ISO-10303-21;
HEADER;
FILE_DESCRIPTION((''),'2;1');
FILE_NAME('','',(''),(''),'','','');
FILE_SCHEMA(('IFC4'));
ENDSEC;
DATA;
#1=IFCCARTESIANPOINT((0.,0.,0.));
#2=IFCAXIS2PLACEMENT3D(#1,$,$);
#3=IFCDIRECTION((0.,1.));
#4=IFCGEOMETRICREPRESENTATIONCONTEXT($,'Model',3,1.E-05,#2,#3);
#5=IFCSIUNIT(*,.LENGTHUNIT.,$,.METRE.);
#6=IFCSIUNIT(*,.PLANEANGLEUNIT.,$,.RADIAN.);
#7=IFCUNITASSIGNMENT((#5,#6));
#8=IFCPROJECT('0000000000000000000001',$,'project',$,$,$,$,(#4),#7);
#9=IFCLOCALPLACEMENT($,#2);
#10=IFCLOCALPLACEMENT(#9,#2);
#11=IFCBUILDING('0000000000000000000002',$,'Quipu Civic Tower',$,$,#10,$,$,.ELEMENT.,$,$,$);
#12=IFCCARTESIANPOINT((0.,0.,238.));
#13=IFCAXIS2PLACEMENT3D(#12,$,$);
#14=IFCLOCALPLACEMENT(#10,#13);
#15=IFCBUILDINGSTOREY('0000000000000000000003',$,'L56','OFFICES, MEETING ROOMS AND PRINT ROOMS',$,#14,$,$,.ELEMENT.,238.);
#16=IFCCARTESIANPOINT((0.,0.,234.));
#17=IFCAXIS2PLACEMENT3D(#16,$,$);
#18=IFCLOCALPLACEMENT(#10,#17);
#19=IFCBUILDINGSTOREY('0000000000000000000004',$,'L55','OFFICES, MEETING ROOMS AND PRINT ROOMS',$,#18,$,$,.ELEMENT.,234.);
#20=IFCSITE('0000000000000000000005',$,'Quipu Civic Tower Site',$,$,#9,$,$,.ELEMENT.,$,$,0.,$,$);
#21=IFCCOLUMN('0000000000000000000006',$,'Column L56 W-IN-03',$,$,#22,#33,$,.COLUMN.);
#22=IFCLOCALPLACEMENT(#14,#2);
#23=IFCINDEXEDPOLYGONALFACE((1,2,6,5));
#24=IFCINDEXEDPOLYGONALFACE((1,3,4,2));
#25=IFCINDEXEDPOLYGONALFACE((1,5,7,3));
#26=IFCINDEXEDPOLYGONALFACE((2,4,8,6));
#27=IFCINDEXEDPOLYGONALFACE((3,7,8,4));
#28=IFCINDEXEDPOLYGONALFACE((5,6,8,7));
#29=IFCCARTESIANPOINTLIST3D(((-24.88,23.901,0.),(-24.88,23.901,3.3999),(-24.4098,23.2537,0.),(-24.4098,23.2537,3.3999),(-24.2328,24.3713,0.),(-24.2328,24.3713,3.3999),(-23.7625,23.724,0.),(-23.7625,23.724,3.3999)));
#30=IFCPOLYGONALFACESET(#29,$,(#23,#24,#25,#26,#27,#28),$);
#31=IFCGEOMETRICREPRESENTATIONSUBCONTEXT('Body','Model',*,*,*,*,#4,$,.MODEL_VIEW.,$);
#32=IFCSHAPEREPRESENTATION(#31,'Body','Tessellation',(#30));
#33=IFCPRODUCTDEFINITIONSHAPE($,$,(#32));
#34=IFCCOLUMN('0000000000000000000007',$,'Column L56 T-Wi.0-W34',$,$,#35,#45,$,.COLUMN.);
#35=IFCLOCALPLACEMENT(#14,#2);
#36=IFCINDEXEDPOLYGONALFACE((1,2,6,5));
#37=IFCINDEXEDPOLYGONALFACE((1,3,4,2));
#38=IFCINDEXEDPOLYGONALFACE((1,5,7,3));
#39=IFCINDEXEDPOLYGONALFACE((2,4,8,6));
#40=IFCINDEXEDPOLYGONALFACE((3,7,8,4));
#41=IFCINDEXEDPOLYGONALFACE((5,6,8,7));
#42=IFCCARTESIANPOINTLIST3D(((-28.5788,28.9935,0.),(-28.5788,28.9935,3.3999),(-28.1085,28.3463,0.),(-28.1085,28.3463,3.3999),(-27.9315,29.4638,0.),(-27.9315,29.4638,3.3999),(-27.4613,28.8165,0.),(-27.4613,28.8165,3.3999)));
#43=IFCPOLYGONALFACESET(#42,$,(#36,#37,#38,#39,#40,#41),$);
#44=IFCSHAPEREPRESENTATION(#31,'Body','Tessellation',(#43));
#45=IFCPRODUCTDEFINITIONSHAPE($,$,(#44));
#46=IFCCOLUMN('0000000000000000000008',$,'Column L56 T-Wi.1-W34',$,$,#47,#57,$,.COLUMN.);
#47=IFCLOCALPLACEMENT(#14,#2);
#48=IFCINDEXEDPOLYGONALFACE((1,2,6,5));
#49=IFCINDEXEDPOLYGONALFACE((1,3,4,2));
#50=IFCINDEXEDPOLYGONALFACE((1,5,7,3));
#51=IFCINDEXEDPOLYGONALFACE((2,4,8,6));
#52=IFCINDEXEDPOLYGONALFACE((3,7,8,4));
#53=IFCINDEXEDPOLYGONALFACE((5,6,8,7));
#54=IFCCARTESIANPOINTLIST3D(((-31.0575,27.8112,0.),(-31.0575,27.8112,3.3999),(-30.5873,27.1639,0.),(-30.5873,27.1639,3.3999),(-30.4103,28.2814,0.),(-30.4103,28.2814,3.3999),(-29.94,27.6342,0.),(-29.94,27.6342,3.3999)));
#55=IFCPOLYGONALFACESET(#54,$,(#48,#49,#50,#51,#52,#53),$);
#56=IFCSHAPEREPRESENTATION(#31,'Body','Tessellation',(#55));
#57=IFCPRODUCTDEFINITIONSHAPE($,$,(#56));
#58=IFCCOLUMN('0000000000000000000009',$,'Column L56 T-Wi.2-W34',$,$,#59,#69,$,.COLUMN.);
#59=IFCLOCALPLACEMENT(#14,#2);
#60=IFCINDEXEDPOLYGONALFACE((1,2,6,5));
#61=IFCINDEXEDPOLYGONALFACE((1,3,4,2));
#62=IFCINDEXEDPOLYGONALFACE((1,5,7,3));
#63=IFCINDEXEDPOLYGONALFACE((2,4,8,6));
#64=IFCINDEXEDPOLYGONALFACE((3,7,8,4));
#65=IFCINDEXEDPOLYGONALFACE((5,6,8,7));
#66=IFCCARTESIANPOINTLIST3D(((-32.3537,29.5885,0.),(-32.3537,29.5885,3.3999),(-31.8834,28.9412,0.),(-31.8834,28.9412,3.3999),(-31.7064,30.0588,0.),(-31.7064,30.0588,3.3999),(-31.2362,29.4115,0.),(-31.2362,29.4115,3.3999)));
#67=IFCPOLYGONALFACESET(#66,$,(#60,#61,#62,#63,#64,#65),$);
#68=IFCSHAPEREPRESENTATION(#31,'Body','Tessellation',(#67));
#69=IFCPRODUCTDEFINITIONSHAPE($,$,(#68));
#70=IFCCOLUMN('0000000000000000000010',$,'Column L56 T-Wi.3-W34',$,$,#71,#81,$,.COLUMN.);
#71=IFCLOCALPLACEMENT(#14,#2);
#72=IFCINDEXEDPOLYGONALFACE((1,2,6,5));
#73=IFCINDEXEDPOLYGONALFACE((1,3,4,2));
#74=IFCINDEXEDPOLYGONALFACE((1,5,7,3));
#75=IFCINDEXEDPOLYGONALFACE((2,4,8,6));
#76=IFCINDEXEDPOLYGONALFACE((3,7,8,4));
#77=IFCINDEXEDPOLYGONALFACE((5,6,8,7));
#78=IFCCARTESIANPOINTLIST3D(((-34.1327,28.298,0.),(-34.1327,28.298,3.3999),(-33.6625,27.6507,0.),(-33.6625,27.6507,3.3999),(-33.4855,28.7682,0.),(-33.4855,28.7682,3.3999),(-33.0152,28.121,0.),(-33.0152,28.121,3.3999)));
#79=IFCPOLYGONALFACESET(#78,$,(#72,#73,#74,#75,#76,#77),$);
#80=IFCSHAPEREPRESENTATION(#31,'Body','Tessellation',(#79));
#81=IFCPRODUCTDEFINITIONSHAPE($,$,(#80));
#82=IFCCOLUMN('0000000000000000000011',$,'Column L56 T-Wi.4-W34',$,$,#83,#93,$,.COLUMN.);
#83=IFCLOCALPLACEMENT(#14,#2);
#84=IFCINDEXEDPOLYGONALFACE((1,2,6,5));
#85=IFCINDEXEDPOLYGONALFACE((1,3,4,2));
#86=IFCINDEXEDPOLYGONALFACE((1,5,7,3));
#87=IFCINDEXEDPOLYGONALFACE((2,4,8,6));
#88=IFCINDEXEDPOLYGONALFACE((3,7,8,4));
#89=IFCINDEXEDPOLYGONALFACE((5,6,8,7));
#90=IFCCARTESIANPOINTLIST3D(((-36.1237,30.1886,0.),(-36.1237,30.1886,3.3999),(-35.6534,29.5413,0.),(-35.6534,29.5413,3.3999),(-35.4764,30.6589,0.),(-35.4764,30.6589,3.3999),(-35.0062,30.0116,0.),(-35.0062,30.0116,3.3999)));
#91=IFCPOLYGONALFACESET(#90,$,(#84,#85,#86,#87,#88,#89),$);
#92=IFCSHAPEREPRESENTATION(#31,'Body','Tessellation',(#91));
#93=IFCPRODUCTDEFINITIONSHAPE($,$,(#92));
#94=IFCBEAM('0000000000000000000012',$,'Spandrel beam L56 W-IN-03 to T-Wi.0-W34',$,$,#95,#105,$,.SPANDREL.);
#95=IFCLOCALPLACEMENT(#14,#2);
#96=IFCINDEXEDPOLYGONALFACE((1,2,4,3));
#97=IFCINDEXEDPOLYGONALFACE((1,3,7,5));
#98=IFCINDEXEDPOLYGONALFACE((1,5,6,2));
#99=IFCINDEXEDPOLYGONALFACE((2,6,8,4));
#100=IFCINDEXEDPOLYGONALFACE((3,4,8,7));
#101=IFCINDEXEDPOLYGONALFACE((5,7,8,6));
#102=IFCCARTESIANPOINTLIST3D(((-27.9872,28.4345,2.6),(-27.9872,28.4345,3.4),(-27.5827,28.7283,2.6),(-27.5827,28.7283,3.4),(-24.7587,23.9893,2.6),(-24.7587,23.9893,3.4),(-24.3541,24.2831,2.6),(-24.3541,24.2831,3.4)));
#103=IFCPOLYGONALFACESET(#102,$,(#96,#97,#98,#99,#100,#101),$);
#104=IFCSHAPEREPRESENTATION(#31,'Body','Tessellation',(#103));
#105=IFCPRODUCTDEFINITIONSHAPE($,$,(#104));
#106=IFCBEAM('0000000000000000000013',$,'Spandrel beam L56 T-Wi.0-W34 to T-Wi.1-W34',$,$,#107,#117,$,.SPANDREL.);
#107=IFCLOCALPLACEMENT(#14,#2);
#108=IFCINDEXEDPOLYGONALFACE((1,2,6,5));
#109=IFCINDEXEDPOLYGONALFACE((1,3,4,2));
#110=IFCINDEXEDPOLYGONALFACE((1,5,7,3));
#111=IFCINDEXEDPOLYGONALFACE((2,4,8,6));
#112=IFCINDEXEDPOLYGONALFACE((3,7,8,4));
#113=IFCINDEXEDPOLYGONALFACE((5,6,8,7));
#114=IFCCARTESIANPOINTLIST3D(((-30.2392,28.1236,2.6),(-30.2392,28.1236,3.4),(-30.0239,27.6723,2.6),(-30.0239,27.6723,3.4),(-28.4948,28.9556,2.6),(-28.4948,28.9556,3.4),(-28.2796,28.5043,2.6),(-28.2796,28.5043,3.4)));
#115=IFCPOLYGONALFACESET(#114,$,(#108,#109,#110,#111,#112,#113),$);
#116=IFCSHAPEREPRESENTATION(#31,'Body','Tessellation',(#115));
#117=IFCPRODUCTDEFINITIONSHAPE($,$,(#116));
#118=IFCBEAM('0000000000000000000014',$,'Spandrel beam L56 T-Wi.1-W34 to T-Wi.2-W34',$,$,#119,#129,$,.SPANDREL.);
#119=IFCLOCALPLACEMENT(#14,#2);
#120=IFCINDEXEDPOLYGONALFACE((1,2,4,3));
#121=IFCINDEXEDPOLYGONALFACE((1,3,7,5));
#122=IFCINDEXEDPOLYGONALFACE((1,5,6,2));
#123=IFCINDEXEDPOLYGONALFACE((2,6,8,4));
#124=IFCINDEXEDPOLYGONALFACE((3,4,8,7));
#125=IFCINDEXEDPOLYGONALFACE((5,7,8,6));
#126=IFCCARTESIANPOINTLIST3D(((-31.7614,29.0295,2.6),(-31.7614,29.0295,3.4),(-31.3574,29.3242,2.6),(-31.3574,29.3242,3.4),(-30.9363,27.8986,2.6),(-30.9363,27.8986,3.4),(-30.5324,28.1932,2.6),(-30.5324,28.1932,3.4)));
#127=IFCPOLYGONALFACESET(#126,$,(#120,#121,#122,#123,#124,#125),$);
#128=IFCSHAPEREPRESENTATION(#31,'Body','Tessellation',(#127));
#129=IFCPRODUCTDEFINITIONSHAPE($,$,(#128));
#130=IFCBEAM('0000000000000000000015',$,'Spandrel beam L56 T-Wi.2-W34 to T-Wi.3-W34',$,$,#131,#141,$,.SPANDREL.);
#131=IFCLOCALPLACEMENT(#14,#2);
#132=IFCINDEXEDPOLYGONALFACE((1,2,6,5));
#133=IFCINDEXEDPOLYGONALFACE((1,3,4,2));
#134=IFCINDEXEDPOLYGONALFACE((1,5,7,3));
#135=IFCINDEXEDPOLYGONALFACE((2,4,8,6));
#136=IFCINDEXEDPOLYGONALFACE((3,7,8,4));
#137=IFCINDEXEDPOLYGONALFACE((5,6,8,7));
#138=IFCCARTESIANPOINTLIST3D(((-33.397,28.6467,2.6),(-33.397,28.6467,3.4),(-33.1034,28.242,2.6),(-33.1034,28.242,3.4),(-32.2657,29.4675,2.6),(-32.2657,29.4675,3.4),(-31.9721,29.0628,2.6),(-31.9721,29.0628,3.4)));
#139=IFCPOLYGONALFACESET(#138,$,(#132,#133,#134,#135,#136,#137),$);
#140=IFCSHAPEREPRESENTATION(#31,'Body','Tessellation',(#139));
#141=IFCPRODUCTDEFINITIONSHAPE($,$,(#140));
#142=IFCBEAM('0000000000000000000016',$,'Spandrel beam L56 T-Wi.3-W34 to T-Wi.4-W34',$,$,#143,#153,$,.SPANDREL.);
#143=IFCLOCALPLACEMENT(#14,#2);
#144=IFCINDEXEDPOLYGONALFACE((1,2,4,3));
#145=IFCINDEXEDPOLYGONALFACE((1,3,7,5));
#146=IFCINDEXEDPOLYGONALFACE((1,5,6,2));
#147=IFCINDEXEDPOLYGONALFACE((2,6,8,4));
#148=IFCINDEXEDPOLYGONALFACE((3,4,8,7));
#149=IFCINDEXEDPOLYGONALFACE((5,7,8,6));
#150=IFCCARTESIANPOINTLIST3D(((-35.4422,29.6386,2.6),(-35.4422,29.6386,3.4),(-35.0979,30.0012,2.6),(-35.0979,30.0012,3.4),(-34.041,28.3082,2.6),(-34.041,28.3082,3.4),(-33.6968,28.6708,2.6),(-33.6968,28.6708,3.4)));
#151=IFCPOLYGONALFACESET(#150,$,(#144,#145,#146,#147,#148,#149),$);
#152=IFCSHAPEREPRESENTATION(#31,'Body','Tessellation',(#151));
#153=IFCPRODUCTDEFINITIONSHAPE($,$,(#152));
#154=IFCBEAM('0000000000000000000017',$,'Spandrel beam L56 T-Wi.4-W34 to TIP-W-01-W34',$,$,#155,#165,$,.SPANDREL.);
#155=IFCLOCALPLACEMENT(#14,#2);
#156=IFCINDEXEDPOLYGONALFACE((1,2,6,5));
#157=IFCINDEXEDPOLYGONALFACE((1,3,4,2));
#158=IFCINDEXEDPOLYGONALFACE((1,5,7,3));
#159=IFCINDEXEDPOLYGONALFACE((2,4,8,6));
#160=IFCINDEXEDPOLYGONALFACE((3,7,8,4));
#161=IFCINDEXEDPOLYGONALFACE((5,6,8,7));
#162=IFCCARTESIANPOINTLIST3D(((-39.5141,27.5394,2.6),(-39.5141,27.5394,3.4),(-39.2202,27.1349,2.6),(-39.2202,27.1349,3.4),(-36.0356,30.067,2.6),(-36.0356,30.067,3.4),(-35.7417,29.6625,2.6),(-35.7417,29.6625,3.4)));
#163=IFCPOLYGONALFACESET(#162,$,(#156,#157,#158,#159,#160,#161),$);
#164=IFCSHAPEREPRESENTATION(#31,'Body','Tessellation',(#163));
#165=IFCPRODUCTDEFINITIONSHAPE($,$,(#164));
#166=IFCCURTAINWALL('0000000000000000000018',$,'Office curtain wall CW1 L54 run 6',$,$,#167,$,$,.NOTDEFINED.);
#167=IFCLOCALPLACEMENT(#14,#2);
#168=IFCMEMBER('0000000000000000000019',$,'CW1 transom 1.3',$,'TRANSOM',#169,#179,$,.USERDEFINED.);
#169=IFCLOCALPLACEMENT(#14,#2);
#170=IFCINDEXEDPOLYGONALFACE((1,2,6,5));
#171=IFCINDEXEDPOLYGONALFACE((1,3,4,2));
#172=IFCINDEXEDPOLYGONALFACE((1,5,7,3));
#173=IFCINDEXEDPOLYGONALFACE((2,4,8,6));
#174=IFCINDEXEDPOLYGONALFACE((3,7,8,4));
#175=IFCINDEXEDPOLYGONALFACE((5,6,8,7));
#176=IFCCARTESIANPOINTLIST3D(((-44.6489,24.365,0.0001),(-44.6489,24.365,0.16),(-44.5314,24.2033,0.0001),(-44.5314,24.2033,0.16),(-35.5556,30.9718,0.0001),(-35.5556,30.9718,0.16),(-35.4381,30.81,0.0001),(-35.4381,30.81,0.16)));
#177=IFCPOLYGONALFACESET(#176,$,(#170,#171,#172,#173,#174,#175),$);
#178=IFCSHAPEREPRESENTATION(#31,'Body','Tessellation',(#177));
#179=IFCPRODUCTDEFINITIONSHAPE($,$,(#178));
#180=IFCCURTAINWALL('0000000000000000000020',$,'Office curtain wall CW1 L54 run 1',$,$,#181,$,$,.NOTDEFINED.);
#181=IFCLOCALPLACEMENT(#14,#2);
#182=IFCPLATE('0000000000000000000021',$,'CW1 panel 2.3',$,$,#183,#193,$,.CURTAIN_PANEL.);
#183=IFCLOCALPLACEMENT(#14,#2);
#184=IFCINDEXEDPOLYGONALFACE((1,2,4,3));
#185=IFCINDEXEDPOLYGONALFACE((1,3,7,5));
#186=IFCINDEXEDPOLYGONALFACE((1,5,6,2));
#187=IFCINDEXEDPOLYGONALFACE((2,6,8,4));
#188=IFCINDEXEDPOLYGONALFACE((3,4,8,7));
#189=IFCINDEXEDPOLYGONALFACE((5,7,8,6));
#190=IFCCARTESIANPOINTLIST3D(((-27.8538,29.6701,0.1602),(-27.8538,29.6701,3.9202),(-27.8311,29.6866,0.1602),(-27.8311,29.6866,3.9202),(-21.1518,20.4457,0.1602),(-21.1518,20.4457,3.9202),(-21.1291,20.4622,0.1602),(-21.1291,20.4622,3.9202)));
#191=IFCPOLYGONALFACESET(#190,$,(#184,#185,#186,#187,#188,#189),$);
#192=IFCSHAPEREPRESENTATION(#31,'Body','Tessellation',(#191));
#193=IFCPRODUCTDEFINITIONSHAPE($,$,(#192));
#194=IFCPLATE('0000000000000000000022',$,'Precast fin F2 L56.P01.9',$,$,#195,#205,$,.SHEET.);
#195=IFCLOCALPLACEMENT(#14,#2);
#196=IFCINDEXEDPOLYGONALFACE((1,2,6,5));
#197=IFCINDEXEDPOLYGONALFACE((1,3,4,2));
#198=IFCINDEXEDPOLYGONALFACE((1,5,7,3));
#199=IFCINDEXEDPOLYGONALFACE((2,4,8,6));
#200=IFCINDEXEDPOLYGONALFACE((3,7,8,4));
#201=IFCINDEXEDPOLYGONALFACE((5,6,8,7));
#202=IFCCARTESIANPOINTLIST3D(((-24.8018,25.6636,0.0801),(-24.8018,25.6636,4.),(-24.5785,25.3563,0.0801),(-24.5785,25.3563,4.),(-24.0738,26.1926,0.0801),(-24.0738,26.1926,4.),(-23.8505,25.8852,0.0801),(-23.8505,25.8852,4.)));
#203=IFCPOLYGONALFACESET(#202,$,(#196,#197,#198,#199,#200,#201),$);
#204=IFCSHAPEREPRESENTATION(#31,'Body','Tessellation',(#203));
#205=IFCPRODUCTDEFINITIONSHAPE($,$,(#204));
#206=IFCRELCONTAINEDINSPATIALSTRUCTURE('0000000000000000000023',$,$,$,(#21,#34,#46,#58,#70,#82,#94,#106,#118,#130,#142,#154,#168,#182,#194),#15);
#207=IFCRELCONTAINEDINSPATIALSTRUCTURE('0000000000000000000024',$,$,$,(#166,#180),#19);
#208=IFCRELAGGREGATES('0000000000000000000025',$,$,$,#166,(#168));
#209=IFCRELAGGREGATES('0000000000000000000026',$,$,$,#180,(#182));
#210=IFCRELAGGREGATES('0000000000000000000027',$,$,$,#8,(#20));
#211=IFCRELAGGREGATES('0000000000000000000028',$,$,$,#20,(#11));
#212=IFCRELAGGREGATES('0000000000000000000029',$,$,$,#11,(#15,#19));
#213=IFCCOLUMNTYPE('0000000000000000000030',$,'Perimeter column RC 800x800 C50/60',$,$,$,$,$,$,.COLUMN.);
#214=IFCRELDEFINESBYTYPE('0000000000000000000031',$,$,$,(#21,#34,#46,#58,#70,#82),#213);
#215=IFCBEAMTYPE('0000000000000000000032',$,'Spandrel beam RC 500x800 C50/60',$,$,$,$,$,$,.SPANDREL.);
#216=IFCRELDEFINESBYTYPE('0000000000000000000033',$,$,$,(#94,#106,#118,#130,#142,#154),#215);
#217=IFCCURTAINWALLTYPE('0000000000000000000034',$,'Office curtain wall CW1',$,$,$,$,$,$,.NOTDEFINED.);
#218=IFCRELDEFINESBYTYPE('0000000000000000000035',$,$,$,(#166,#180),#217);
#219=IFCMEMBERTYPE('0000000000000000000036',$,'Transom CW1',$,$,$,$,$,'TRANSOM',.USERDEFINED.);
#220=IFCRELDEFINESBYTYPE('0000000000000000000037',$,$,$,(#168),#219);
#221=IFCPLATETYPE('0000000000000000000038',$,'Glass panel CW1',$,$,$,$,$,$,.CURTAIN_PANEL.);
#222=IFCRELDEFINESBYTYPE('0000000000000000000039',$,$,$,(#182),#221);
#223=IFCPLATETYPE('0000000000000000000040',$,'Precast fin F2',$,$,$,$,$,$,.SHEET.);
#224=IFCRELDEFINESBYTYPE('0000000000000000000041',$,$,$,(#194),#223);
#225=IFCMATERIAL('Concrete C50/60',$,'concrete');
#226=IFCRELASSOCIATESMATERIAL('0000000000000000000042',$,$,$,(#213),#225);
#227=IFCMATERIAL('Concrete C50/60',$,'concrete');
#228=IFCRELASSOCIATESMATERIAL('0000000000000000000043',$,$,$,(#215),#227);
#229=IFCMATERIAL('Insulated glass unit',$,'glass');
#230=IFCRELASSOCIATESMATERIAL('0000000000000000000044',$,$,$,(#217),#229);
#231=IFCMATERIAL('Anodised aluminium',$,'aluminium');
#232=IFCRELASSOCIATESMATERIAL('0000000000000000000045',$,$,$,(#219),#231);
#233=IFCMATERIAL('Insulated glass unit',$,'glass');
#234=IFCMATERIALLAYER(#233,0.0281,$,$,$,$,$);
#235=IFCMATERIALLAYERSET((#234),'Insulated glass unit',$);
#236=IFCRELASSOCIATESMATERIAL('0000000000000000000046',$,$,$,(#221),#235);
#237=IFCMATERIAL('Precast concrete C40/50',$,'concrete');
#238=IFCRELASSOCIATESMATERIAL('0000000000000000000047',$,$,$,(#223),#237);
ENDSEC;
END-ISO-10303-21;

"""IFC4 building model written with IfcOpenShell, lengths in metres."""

from ifc_helpers import new_model, si_unit, direction, frame, origin, origin_2d, place, context, subcontext, project, spatial, rectangle, extrude, material, layer, layer_set, material_profile, profile_set, type_object, element, aggregate, save


model = new_model("IFC4")

# Units and contexts
model_context = context("Model", 3, precision=1e-05, world=origin(), true_north=direction((0.0, 1.0)))
body_context = subcontext(model_context, "Body", "Model", "MODEL_VIEW")
ifc_project = project(units=[si_unit("LENGTHUNIT", "METRE"), si_unit("PLANEANGLEUNIT", "RADIAN")], contexts=[model_context])

# Site, building, storey
site_placement = place(None, origin())
site = spatial("IfcSite", under=ifc_project, at=site_placement, Name="Quipu Civic Tower Site", CompositionType="ELEMENT", RefElevation=0.0)
building_placement = place(site_placement, origin())
building = spatial("IfcBuilding", under=site, at=building_placement, Name="Quipu Civic Tower", CompositionType="ELEMENT")
storey_1_placement = place(building_placement, frame((0.0, 0.0, 238.0)))
storey_1 = spatial("IfcBuildingStorey", under=building, at=storey_1_placement, Name="L56", Description="OFFICES, MEETING ROOMS AND PRINT ROOMS", CompositionType="ELEMENT", Elevation=238.0)

# Columns
ifc_material_1 = material(Name="Concrete C50/60", Category="concrete")
ifc_material_profile_1 = material_profile(ifc_material_1, rectangle(XDim=0.8, YDim=0.8, at=origin_2d()), Name="RC800x800")
ifc_profile_set_1 = profile_set([ifc_material_profile_1], Name="Concrete C50/60")
column_type = type_object("IfcColumnType", Name="Perimeter column RC 800x800 C50/60", PredefinedType="COLUMN", material=ifc_profile_set_1)
for number, where, z_axis, x_axis, name in (
    (1, (-24.3213, 23.8125, 0.0), (0.0, 0.0, 1.0), (-0.587785, 0.809017, 0.0), "Column L56 W-IN-03"),
    (2, (-28.02, 28.905, 0.0), (0.0, 0.0, 1.0), (-0.809017, -0.587785, 0.0), "Column L56 T-Wi.0-W34"),
    (3, (-30.4988, 27.7227, 0.0), (0.0, 0.0, 1.0), (-0.809017, -0.587785, 0.0), "Column L56 T-Wi.1-W34"),
    (4, (-31.7949, 29.5, 0.0), (0.0, 0.0, 1.0), (-0.587785, 0.809017, 0.0), "Column L56 T-Wi.2-W34"),
    (5, (-33.574, 28.2095, 0.0), (0.0, 0.0, 1.0), (-0.587785, 0.809017, 0.0), "Column L56 T-Wi.3-W34"),
    (6, (-35.5649, 30.1001, 0.0), (0.0, 0.0, 1.0), (-0.809017, -0.587785, 0.0), "Column L56 T-Wi.4-W34"),
):
    element("IfcColumn", number, at=place(storey_1_placement, frame(where, z_axis=z_axis, x_axis=x_axis)), inside=storey_1, type_object=column_type, Name=name, PredefinedType="COLUMN", context=body_context, shape_type="SweptSolid", body=[
        extrude(rectangle(XDim=0.8, YDim=0.8, at=origin_2d()), origin(), (0.0, 0.0, 1.0), 3.3999),
    ])

# Beams
ifc_material_2 = material(Name="Concrete C50/60", Category="concrete")
ifc_material_profile_2 = material_profile(ifc_material_2, rectangle(XDim=0.5, YDim=0.8, at=origin_2d()), Name="RC500x800")
ifc_profile_set_2 = profile_set([ifc_material_profile_2], Name="Concrete C50/60")
beam_type = type_object("IfcBeamType", Name="Spandrel beam RC 500x800 C50/60", PredefinedType="SPANDREL", material=ifc_profile_set_2)
beam_1_placement = place(storey_1_placement, frame((-24.5564, 24.1362, 3.0), z_axis=(-0.587664, 0.809105, 0.0), x_axis=(-0.809105, -0.587664, 0.0)))
element("IfcBeam", 7, at=beam_1_placement, inside=storey_1, type_object=beam_type, Name="Spandrel beam L56 W-IN-03 to T-Wi.0-W34", PredefinedType="SPANDREL", context=body_context, shape_type="SweptSolid", body=[
    extrude(rectangle(XDim=0.5, YDim=0.8, at=origin_2d()), origin(), (0.0, 0.0, 1.0), 5.4939),
])
beam_2_placement = place(storey_1_placement, frame((-28.3872, 28.73, 3.0), z_axis=(-0.902585, -0.430512, 0.0), x_axis=(0.430512, -0.902585, 0.0)))
element("IfcBeam", 8, at=beam_2_placement, inside=storey_1, type_object=beam_type, Name="Spandrel beam L56 T-Wi.0-W34 to T-Wi.1-W34", PredefinedType="SPANDREL", context=body_context, shape_type="SweptSolid", body=[
    extrude(rectangle(XDim=0.5, YDim=0.8, at=origin_2d()), origin(), (0.0, 0.0, 1.0), 1.9326),
])
beam_3_placement = place(storey_1_placement, frame((-30.7344, 28.0459, 3.0), z_axis=(-0.589343, 0.807883, 0.0), x_axis=(-0.807883, -0.589343, 0.0)))
element("IfcBeam", 9, at=beam_3_placement, inside=storey_1, type_object=beam_type, Name="Spandrel beam L56 T-Wi.1-W34 to T-Wi.2-W34", PredefinedType="SPANDREL", context=body_context, shape_type="SweptSolid", body=[
    extrude(rectangle(XDim=0.5, YDim=0.8, at=origin_2d()), origin(), (0.0, 0.0, 1.0), 1.3999),
])
beam_4_placement = place(storey_1_placement, frame((-32.1189, 29.2651, 3.0), z_axis=(-0.809415, -0.587237, 0.0), x_axis=(0.587237, -0.809415, 0.0)))
element("IfcBeam", 10, at=beam_4_placement, inside=storey_1, type_object=beam_type, Name="Spandrel beam L56 T-Wi.2-W34 to T-Wi.3-W34", PredefinedType="SPANDREL", context=body_context, shape_type="SweptSolid", body=[
    extrude(rectangle(XDim=0.5, YDim=0.8, at=origin_2d()), origin(), (0.0, 0.0, 1.0), 1.3977),
])
beam_5_placement = place(storey_1_placement, frame((-33.8689, 28.4895, 3.0), z_axis=(-0.725192, 0.688547, 0.0), x_axis=(-0.688547, -0.725192, 0.0)))
element("IfcBeam", 11, at=beam_5_placement, inside=storey_1, type_object=beam_type, Name="Spandrel beam L56 T-Wi.3-W34 to T-Wi.4-W34", PredefinedType="SPANDREL", context=body_context, shape_type="SweptSolid", body=[
    extrude(rectangle(XDim=0.5, YDim=0.8, at=origin_2d()), origin(), (0.0, 0.0, 1.0), 1.9321),
])
beam_6_placement = place(storey_1_placement, frame((-35.8887, 29.8647, 3.0), z_axis=(-0.808984, -0.587831, 0.0), x_axis=(0.587831, -0.808984, 0.0)))
element("IfcBeam", 12, at=beam_6_placement, inside=storey_1, type_object=beam_type, Name="Spandrel beam L56 T-Wi.4-W34 to TIP-W-01-W34", PredefinedType="SPANDREL", context=body_context, shape_type="SweptSolid", body=[
    extrude(rectangle(XDim=0.5, YDim=0.8, at=origin_2d()), origin(), (0.0, 0.0, 1.0), 4.2998),
])

# Shared definitions
storey_2_placement = place(building_placement, frame((0.0, 0.0, 234.0)))
storey_2 = spatial("IfcBuildingStorey", under=building, at=storey_2_placement, Name="L55", Description="OFFICES, MEETING ROOMS AND PRINT ROOMS", CompositionType="ELEMENT", Elevation=234.0)

# Curtain wall, member
ifc_material_3 = material(Name="Insulated glass unit", Category="glass")
curtain_wall_type = type_object("IfcCurtainWallType", Name="Office curtain wall CW1", PredefinedType="NOTDEFINED", material=ifc_material_3)
curtain_wall_1_placement = place(storey_2_placement, origin())
curtain_wall_1 = element("IfcCurtainWall", 13, at=curtain_wall_1_placement, inside=storey_2, type_object=curtain_wall_type, Name="Office curtain wall CW1 L54 run 6", PredefinedType="NOTDEFINED")
ifc_material_4 = material(Name="Anodised aluminium", Category="aluminium")
ifc_material_profile_3 = material_profile(ifc_material_4, rectangle(XDim=0.2, YDim=0.1599, at=origin_2d()), Name="RECT 200x160")
ifc_profile_set_3 = profile_set([ifc_material_profile_3], Name="Anodised aluminium")
member_type = type_object("IfcMemberType", Name="Transom CW1", ElementType="TRANSOM", PredefinedType="USERDEFINED", material=ifc_profile_set_3)
member_placement = place(storey_1_placement, frame((-35.4968, 30.8909, 0.0801), z_axis=(-0.809015, -0.587788, 0.0), x_axis=(0.587788, -0.809015, 0.0)))
member = element("IfcMember", 14, at=member_placement, inside=storey_1, type_object=member_type, Name="CW1 transom 1.3", ObjectType="TRANSOM", PredefinedType="USERDEFINED", context=body_context, shape_type="SweptSolid", body=[
    extrude(rectangle(XDim=0.2, YDim=0.1599, at=origin_2d()), origin(), (0.0, 0.0, 1.0), 11.24),
])
aggregate(curtain_wall_1, [member])

# Curtain wall, plate
curtain_wall_2_placement = place(storey_2_placement, origin())
curtain_wall_2 = element("IfcCurtainWall", 15, at=curtain_wall_2_placement, inside=storey_2, type_object=curtain_wall_type, Name="Office curtain wall CW1 L54 run 1", PredefinedType="NOTDEFINED")
ifc_material_5 = material(Name="Insulated glass unit", Category="glass")
ifc_layer = layer(ifc_material_5, 0.0281)
ifc_layer_set = layer_set([ifc_layer], Name="Insulated glass unit")
plate_type_1 = type_object("IfcPlateType", Name="Glass panel CW1", PredefinedType="CURTAIN_PANEL", material=ifc_layer_set)
plate_placement = place(storey_1_placement, frame((-24.4915, 25.0662, 0.1602), z_axis=(0.0, 0.0, 1.0), x_axis=(-0.587789, 0.809014, 0.0)))
plate = element("IfcPlate", 16, at=plate_placement, inside=storey_1, type_object=plate_type_1, Name="CW1 panel 2.3", PredefinedType="CURTAIN_PANEL", context=body_context, shape_type="SweptSolid", body=[
    extrude(rectangle(XDim=11.4021, YDim=0.0281, at=origin_2d()), origin(), (0.0, 0.0, 1.0), 3.76),
])
aggregate(curtain_wall_2, [plate])

# Plate
ifc_material_6 = material(Name="Precast concrete C40/50", Category="concrete")
plate_type_2 = type_object("IfcPlateType", Name="Precast fin F2", PredefinedType="SHEET", material=ifc_material_6)
for number, where, z_axis, x_axis, name in (
    (17, (-24.3262, 25.7744, 0.0801), (0.0, 0.0, 1.0), (-0.587787, 0.809016, 0.0), "Precast fin F2 L56.P01.9"),
):
    element("IfcPlate", number, at=place(storey_1_placement, frame(where, z_axis=z_axis, x_axis=x_axis)), inside=storey_1, type_object=plate_type_2, Name=name, PredefinedType="SHEET", context=body_context, shape_type="SweptSolid", body=[
        extrude(rectangle(XDim=0.3799, YDim=0.8999, at=origin_2d()), origin(), (0.0, 0.0, 1.0), 3.9199),
    ])

save(model, "model.ifc")
